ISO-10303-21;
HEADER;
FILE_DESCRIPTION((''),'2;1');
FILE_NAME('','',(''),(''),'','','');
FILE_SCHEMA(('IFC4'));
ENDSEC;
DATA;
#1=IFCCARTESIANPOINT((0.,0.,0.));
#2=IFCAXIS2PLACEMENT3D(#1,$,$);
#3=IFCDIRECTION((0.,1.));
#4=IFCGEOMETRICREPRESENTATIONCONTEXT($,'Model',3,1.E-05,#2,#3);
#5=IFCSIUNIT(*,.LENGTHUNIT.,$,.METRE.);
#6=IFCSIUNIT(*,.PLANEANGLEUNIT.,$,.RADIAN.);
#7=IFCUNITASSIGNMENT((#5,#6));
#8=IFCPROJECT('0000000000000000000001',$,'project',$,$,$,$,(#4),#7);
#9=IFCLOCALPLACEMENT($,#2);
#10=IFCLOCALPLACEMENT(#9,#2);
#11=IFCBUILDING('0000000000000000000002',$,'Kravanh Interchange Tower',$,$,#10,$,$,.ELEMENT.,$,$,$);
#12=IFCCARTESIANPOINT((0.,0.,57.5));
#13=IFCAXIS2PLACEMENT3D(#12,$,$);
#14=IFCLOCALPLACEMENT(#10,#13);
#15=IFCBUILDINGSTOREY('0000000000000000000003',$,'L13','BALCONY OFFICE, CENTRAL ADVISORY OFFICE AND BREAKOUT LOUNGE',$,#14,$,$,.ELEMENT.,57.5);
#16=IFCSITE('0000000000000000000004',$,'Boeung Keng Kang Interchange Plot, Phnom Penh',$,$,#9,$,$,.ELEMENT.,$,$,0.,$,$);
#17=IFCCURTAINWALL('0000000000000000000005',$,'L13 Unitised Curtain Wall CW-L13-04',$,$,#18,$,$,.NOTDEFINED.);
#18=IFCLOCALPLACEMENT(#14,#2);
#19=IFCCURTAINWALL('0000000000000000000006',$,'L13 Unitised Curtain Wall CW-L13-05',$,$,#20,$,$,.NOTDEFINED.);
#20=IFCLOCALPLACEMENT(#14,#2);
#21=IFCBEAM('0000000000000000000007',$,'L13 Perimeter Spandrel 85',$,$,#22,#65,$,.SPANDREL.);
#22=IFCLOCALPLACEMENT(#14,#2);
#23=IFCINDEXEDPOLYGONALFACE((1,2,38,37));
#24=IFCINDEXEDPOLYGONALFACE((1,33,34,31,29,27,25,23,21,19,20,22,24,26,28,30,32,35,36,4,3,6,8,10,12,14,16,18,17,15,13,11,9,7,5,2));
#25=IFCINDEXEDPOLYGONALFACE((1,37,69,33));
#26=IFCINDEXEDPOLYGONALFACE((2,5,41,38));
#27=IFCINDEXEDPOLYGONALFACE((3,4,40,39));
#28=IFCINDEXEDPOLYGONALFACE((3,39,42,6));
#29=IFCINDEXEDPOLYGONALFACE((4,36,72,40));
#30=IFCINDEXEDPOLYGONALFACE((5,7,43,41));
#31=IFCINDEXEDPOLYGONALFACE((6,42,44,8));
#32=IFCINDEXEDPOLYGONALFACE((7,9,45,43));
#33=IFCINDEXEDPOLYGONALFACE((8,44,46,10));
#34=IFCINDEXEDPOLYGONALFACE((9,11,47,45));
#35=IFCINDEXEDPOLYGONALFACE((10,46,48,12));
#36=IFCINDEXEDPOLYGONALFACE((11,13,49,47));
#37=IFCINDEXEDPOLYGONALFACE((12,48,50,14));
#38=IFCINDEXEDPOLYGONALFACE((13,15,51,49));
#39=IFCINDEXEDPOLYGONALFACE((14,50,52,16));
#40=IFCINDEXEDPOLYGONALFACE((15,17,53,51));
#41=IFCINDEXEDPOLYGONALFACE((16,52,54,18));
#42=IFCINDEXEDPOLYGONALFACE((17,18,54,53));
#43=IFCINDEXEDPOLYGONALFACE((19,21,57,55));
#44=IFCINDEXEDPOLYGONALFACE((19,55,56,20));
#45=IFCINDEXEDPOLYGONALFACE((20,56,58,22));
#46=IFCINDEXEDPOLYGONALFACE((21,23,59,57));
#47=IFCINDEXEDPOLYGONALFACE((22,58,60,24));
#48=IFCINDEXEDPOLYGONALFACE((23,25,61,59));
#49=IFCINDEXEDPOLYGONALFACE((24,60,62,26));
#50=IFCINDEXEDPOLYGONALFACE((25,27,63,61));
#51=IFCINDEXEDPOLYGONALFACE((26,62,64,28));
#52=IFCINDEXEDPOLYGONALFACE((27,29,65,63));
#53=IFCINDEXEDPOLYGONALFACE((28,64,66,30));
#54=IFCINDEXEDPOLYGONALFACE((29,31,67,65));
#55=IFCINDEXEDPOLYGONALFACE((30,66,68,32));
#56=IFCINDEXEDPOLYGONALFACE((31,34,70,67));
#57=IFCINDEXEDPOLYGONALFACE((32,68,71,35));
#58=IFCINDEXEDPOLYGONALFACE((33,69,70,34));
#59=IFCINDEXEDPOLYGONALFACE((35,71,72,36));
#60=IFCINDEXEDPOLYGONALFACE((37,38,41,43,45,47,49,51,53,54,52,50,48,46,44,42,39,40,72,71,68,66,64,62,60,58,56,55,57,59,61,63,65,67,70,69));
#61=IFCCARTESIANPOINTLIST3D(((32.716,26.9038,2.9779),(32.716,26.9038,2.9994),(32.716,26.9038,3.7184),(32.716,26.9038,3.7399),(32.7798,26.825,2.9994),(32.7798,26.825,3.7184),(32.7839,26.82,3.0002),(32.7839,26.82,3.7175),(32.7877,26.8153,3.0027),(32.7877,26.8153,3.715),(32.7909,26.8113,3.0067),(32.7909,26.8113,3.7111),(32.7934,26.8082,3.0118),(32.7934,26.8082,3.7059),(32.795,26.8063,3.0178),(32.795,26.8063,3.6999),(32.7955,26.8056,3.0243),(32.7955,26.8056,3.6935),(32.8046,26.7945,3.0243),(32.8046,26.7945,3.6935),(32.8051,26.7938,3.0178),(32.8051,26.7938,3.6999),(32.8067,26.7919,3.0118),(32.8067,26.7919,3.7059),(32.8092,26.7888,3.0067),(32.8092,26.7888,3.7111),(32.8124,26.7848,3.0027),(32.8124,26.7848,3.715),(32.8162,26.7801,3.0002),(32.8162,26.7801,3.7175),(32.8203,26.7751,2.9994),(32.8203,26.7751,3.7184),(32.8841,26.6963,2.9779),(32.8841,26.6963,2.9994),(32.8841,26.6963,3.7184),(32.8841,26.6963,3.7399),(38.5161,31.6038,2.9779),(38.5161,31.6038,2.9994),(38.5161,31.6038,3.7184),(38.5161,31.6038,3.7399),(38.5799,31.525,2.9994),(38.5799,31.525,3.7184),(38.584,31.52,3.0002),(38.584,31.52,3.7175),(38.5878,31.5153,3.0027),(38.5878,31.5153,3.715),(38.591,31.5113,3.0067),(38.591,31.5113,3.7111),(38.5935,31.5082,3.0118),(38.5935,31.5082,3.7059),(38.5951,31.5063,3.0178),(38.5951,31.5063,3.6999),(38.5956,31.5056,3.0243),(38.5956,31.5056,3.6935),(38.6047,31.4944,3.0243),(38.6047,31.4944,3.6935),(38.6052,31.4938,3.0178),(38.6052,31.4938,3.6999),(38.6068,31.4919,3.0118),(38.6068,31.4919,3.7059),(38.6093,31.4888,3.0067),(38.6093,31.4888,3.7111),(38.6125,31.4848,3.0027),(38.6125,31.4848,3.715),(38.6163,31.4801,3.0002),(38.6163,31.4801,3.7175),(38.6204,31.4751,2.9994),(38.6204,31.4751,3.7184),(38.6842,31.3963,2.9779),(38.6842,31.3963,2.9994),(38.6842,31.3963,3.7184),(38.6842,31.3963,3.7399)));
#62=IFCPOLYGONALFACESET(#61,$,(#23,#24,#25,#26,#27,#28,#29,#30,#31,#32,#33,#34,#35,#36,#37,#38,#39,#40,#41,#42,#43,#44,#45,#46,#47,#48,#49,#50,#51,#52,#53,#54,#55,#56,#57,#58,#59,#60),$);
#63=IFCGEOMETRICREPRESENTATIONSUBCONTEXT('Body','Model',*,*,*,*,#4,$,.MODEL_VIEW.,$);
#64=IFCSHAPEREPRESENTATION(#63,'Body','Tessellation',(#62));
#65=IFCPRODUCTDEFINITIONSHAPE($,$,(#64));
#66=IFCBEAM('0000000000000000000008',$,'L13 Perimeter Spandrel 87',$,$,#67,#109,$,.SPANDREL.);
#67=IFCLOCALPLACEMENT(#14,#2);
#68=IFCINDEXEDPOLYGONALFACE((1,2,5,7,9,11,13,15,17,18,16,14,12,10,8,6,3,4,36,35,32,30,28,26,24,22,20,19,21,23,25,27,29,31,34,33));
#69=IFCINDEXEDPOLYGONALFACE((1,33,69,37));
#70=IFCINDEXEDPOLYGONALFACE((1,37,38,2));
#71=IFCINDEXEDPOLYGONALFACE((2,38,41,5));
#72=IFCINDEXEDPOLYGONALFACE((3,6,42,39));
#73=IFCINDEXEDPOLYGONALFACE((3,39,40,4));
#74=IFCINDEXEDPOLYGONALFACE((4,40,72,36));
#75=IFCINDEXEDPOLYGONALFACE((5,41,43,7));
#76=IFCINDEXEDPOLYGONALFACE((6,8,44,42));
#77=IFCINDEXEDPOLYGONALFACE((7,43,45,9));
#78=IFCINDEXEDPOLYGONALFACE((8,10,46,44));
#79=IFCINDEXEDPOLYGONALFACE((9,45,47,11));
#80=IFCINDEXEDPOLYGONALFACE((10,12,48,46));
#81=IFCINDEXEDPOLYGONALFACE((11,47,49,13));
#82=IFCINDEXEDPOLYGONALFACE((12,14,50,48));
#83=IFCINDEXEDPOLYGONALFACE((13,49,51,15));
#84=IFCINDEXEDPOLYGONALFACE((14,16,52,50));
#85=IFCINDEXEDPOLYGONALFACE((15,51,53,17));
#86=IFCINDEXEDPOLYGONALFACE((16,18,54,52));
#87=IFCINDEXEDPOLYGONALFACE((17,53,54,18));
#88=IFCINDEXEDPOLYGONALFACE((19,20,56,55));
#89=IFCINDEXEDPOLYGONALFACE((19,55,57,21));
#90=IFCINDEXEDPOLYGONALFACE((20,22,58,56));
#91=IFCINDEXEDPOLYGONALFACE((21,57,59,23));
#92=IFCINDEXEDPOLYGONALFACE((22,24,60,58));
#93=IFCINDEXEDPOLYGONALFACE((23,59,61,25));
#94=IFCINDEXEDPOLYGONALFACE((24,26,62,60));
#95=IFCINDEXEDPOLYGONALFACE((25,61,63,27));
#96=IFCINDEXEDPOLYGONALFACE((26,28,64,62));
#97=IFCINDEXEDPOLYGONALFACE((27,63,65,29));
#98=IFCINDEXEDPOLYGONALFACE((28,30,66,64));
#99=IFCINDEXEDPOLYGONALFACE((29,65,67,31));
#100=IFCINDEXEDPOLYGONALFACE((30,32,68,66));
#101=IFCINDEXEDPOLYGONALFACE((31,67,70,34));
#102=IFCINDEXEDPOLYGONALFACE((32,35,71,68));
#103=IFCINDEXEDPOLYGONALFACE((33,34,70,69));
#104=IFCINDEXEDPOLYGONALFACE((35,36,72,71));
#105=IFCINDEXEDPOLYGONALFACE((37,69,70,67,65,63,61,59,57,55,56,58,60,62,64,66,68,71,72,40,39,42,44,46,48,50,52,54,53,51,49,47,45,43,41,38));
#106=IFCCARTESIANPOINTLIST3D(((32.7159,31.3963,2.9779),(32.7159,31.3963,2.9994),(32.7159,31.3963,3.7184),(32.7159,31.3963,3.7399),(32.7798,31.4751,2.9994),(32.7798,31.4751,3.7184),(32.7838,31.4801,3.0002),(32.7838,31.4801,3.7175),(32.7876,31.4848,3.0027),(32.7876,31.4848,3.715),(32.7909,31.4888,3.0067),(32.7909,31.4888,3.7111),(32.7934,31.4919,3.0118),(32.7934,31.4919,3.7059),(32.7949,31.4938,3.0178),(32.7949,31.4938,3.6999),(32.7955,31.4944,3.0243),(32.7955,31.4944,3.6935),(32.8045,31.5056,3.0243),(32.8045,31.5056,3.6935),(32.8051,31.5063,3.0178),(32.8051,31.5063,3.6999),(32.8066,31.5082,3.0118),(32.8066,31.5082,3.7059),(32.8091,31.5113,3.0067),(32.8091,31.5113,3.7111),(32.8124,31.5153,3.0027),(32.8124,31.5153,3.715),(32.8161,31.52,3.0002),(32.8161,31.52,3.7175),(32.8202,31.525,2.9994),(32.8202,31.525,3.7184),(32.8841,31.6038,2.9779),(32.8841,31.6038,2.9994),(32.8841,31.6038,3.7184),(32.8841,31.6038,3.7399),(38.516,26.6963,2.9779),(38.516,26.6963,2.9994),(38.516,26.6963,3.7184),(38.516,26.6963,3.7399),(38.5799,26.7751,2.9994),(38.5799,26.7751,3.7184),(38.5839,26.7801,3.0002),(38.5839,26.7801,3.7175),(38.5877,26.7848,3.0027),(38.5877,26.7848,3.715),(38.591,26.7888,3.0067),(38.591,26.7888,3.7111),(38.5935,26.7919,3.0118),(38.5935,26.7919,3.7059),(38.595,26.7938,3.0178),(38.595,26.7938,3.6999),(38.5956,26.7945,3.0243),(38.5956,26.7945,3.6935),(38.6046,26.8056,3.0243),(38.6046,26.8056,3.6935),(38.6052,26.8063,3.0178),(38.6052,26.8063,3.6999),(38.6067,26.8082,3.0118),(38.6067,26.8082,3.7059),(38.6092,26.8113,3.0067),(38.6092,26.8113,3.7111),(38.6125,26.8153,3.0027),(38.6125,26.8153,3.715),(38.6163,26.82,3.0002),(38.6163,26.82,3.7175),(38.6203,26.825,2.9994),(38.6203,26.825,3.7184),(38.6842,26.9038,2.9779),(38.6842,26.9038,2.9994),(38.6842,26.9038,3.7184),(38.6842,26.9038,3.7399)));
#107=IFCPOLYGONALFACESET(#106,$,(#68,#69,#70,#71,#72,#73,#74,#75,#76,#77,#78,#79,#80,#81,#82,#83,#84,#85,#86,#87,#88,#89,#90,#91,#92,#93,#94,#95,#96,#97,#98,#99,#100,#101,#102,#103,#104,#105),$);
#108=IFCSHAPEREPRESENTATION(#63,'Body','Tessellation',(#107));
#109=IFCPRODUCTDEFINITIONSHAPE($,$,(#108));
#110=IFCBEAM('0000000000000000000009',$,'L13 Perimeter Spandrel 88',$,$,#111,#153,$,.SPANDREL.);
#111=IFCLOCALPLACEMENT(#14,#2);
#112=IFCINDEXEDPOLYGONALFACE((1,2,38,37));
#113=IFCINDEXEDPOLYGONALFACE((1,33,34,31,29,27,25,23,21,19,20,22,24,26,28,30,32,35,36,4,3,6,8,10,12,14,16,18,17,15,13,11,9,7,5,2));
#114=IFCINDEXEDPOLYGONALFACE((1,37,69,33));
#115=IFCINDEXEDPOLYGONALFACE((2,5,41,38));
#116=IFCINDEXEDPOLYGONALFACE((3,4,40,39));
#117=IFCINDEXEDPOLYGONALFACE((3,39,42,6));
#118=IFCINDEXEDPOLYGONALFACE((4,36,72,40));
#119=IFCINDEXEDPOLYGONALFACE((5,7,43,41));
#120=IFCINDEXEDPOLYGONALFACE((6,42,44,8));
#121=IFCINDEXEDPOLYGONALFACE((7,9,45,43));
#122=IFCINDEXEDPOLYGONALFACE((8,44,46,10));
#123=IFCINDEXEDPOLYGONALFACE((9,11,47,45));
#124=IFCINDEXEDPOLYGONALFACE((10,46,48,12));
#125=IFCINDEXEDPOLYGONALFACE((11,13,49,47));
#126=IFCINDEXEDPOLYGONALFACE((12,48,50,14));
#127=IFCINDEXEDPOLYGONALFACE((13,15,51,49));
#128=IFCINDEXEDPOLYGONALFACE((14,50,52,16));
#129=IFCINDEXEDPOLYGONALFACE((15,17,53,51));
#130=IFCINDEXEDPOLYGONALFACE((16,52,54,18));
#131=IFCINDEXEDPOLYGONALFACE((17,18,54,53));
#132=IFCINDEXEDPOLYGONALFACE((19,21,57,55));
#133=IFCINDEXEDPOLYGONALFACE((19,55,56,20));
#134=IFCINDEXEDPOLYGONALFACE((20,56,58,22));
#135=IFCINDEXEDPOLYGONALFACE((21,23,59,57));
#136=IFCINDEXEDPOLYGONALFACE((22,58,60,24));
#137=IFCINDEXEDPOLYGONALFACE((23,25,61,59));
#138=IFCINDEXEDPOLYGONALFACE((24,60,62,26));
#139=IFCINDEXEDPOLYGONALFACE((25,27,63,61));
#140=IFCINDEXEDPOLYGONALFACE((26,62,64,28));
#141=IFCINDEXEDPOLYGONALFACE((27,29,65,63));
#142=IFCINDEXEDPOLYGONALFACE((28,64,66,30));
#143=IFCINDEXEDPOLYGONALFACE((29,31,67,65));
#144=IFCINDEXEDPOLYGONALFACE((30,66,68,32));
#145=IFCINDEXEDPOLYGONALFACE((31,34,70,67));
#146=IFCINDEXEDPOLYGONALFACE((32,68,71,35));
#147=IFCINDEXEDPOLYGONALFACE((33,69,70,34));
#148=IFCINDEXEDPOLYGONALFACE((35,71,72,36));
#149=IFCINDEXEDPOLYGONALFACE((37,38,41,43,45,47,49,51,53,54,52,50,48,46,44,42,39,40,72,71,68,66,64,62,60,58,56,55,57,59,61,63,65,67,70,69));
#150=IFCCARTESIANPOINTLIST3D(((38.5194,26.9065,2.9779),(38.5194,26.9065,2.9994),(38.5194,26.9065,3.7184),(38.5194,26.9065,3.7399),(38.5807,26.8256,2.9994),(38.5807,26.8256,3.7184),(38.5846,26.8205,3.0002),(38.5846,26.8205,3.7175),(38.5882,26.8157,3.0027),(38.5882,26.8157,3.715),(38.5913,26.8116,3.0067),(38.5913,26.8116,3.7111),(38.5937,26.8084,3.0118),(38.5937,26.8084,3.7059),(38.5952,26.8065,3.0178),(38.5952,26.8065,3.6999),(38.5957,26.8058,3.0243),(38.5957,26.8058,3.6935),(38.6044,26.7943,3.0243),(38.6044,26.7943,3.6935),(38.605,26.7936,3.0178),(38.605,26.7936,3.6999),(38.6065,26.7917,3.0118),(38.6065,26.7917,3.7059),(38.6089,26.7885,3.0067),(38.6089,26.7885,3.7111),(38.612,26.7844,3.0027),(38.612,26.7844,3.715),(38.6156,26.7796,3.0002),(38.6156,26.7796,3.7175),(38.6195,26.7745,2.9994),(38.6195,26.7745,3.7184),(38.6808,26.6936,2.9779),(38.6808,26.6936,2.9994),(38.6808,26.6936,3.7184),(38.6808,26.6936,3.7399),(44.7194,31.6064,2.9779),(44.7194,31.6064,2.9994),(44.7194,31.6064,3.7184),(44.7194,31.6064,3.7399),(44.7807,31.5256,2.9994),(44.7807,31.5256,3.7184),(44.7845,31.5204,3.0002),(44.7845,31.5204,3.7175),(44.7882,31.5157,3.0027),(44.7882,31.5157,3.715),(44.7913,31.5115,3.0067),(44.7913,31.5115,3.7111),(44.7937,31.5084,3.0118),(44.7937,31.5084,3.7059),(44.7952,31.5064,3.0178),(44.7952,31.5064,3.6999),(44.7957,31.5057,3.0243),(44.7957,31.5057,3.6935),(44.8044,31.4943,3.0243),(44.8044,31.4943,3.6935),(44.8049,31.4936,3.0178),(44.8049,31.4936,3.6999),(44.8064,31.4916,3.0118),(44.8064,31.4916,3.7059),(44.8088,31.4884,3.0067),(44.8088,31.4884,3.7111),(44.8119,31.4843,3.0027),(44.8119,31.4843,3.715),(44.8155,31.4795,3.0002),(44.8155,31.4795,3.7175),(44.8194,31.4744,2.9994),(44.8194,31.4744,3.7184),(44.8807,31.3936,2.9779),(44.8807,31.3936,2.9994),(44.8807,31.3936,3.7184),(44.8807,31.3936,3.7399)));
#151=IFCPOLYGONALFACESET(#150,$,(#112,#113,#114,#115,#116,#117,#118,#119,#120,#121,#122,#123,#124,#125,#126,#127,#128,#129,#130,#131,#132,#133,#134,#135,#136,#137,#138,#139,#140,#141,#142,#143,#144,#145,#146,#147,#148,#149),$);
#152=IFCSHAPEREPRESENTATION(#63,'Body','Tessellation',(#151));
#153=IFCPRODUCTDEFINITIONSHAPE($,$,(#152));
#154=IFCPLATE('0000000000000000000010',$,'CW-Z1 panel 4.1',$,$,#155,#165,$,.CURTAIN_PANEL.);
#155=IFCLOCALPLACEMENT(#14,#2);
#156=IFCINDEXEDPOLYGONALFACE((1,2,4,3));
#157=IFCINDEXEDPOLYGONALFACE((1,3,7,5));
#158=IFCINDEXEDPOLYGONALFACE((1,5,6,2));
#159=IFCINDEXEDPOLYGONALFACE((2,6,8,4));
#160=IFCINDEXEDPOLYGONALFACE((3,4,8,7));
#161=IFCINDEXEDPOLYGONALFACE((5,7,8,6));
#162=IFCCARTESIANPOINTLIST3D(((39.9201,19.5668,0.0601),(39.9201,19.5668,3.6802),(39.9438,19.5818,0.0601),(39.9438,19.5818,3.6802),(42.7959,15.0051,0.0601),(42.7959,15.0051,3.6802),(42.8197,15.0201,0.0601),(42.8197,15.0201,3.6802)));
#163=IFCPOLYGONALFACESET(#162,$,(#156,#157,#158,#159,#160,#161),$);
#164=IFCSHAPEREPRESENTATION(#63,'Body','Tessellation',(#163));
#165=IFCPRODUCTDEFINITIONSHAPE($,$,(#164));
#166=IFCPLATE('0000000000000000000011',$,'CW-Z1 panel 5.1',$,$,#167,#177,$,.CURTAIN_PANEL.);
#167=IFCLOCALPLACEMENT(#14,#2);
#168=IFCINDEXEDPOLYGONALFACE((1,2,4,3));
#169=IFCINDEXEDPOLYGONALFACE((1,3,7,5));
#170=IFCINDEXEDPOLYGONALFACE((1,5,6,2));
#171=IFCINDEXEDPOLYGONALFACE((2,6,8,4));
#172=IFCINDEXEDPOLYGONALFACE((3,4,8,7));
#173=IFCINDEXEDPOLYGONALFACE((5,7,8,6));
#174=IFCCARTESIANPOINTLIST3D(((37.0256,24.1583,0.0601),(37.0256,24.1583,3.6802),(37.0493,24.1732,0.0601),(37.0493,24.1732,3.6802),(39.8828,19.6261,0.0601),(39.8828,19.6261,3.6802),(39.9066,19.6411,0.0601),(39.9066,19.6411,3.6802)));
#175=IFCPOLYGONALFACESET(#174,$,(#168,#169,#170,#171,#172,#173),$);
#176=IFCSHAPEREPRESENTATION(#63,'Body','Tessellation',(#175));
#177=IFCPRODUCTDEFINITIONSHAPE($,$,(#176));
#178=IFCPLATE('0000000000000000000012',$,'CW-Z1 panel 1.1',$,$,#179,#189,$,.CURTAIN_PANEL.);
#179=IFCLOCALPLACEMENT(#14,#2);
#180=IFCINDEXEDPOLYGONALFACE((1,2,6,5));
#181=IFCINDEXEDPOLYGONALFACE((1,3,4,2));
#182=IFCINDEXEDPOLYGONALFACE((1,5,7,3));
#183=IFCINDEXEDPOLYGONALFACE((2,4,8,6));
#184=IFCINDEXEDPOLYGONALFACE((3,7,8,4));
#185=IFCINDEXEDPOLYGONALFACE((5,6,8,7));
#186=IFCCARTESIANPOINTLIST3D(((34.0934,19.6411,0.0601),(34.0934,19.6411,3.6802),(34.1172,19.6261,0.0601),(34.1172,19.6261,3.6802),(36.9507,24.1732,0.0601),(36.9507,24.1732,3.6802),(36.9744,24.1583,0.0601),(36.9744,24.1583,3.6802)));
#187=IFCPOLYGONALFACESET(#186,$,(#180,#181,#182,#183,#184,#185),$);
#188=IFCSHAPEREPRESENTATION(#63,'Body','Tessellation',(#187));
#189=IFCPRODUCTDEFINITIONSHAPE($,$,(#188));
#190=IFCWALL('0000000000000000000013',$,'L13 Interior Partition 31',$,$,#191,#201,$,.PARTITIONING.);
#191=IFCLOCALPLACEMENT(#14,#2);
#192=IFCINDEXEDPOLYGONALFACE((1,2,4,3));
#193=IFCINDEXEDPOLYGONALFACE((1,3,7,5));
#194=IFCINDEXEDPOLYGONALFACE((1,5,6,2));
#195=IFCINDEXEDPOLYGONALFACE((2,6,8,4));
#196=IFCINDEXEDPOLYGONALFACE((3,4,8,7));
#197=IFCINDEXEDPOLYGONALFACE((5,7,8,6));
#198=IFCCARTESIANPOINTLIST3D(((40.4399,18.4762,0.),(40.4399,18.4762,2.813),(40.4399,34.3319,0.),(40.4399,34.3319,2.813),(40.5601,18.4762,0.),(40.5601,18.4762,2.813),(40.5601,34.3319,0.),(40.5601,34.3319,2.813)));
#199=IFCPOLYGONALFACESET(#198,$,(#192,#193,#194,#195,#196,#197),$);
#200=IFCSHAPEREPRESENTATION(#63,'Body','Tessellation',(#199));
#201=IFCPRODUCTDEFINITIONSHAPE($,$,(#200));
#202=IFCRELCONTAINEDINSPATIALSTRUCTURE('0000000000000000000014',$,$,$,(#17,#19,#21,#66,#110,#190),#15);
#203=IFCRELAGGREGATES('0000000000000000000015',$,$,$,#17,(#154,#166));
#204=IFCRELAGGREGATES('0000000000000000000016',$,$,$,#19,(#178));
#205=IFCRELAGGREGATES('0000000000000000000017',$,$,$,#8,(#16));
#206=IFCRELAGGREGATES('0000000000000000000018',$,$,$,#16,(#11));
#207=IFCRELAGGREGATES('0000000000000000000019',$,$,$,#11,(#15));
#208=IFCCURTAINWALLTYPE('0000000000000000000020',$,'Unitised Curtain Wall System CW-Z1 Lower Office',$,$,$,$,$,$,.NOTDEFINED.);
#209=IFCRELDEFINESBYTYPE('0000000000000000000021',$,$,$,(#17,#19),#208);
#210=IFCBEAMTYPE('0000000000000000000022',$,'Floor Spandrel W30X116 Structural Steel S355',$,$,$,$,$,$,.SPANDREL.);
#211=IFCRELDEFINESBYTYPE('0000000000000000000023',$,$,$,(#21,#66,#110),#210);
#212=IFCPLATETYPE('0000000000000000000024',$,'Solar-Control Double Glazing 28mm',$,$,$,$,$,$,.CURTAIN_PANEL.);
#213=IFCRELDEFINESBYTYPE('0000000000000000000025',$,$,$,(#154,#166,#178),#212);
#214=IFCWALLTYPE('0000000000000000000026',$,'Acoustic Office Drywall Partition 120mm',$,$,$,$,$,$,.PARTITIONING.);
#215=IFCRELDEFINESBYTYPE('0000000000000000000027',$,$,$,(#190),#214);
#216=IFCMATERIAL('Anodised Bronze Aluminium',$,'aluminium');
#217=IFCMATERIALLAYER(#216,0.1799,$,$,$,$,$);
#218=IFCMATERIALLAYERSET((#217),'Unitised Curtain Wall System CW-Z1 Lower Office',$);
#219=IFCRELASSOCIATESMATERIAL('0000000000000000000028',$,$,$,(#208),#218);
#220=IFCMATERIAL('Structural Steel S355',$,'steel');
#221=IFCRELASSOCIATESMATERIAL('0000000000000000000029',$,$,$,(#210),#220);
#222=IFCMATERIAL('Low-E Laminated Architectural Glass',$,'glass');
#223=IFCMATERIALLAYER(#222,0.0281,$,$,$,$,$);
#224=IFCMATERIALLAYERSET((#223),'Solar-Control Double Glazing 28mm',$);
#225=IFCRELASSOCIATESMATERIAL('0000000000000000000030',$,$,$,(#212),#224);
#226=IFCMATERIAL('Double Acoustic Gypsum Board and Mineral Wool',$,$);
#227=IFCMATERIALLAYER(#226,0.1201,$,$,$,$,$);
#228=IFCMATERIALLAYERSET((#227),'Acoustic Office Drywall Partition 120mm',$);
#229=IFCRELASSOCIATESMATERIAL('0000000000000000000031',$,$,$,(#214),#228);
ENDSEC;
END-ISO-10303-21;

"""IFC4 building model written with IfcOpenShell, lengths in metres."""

from ifc_helpers import new_model, si_unit, direction, frame, frame_2d, origin, origin_2d, place, context, subcontext, project, spatial, rectangle, i_section, extrude, material, layer, layer_set, material_profile, profile_set, type_object, element, aggregate, save


model = new_model("IFC4")

# Units and contexts
model_context = context("Model", 3, precision=1e-05, world=origin(), true_north=direction((0.0, 1.0)))
body_context = subcontext(model_context, "Body", "Model", "MODEL_VIEW")
ifc_project = project(units=[si_unit("LENGTHUNIT", "METRE"), si_unit("PLANEANGLEUNIT", "RADIAN")], contexts=[model_context])

# Site, building, storey
site_placement = place(None, origin())
site = spatial("IfcSite", under=ifc_project, at=site_placement, Name="Boeung Keng Kang Interchange Plot, Phnom Penh", CompositionType="ELEMENT", RefElevation=0.0)
building_placement = place(site_placement, origin())
building = spatial("IfcBuilding", under=site, at=building_placement, Name="Kravanh Interchange Tower", CompositionType="ELEMENT")
storey_placement = place(building_placement, frame((0.0, 0.0, 57.5)))
storey = spatial("IfcBuildingStorey", under=building, at=storey_placement, Name="L13", Description="BALCONY OFFICE, CENTRAL ADVISORY OFFICE AND BREAKOUT LOUNGE", CompositionType="ELEMENT", Elevation=57.5)

# Curtain walls
ifc_material_1 = material(Name="Anodised Bronze Aluminium", Category="aluminium")
ifc_layer_1 = layer(ifc_material_1, 0.1799)
ifc_layer_set_1 = layer_set([ifc_layer_1], Name="Unitised Curtain Wall System CW-Z1 Lower Office")
curtain_wall_type = type_object("IfcCurtainWallType", Name="Unitised Curtain Wall System CW-Z1 Lower Office", PredefinedType="NOTDEFINED", material=ifc_layer_set_1)
curtain_wall_1_placement = place(storey_placement, origin())
curtain_wall_1 = element("IfcCurtainWall", 1, at=curtain_wall_1_placement, inside=storey, type_object=curtain_wall_type, Name="L13 Unitised Curtain Wall CW-L13-04", PredefinedType="NOTDEFINED")
curtain_wall_2_placement = place(storey_placement, origin())
curtain_wall_2 = element("IfcCurtainWall", 2, at=curtain_wall_2_placement, inside=storey, type_object=curtain_wall_type, Name="L13 Unitised Curtain Wall CW-L13-05", PredefinedType="NOTDEFINED")

# Beams
ifc_material_2 = material(Name="Structural Steel S355", Category="steel")
ifc_material_profile_1 = material_profile(ifc_material_2, i_section(OverallWidth=0.2671, OverallDepth=0.762, WebThickness=0.0144, FlangeThickness=0.0215, FilletRadius=0.0249, at=origin_2d()), Name="W30X116")
ifc_profile_set_1 = profile_set([ifc_material_profile_1], Name="Structural Steel S355")
beam_type_1 = type_object("IfcBeamType", Name="Floor Spandrel W30X116 Structural Steel S355", PredefinedType="SPANDREL", material=ifc_profile_set_1)
for number, where, z_axis, x_axis, name in (
    (3, (32.8, 26.8, 3.3589), (0.776939, 0.629576, 0.0), (-0.629576, 0.776939, 0.0), "L13 Perimeter Spandrel 85"),
    (4, (38.6001, 26.8, 3.3589), (-0.776939, 0.629576, 0.0), (-0.629576, -0.776939, 0.0), "L13 Perimeter Spandrel 87"),
):
    element("IfcBeam", number, at=place(storey_placement, frame(where, z_axis=z_axis, x_axis=x_axis)), inside=storey, type_object=beam_type_1, Name=name, PredefinedType="SPANDREL", context=body_context, shape_type="SweptSolid", body=[
        extrude(i_section(OverallWidth=0.2671, OverallDepth=0.762, WebThickness=0.0144, FlangeThickness=0.0215, FilletRadius=0.0249, at=origin_2d()), origin(), (0.0, 0.0, 1.0), 7.4653),
    ])
beam_1_placement = place(storey_placement, frame((38.6001, 26.8, 3.3589), z_axis=(0.796905, 0.604104, 0.0), x_axis=(-0.604104, 0.796905, 0.0)))
element("IfcBeam", 5, at=beam_1_placement, inside=storey, type_object=beam_type_1, Name="L13 Perimeter Spandrel 88", PredefinedType="SPANDREL", context=body_context, shape_type="SweptSolid", body=[
    extrude(i_section(OverallWidth=0.2671, OverallDepth=0.762, WebThickness=0.0144, FlangeThickness=0.0215, FilletRadius=0.0249, at=origin_2d()), origin(), (0.0, 0.0, 1.0), 7.78),
])

# Plates
ifc_material_3 = material(Name="Low-E Laminated Architectural Glass", Category="glass")
ifc_layer_2 = layer(ifc_material_3, 0.0281)
ifc_layer_set_2 = layer_set([ifc_layer_2], Name="Solar-Control Double Glazing 28mm")
plate_type = type_object("IfcPlateType", Name="Solar-Control Double Glazing 28mm", PredefinedType="CURTAIN_PANEL", material=ifc_layer_set_2)
plate_1_placement = place(storey_placement, frame((41.3699, 17.2935, 0.0601), z_axis=(0.0, 0.0, 1.0), x_axis=(-0.533301, 0.845926, 0.0)))
plate_1 = element("IfcPlate", 6, at=plate_1_placement, type_object=plate_type, Name="CW-Z1 panel 4.1", PredefinedType="CURTAIN_PANEL", context=body_context, shape_type="SweptSolid", body=[
    extrude(rectangle(XDim=5.3926, YDim=0.0281, at=origin_2d()), origin(), (0.0, 0.0, 1.0), 3.6201),
])
plate_2_placement = place(storey_placement, frame((38.4661, 21.8997, 0.0601), z_axis=(0.0, 0.0, 1.0), x_axis=(-0.533301, 0.845926, 0.0)))
plate_2 = element("IfcPlate", 7, at=plate_2_placement, type_object=plate_type, Name="CW-Z1 panel 5.1", PredefinedType="CURTAIN_PANEL", context=body_context, shape_type="SweptSolid", body=[
    extrude(rectangle(XDim=5.3577, YDim=0.0281, at=origin_2d()), origin(), (0.0, 0.0, 1.0), 3.6201),
])
aggregate(curtain_wall_1, [plate_1, plate_2])
plate_3_placement = place(storey_placement, frame((35.5339, 21.8997, 0.0601), z_axis=(0.0, 0.0, 1.0), x_axis=(-0.533301, -0.845926, 0.0)))
plate_3 = element("IfcPlate", 8, at=plate_3_placement, type_object=plate_type, Name="CW-Z1 panel 1.1", PredefinedType="CURTAIN_PANEL", context=body_context, shape_type="SweptSolid", body=[
    extrude(rectangle(XDim=5.3577, YDim=0.0281, at=origin_2d()), origin(), (0.0, 0.0, 1.0), 3.6201),
])
aggregate(curtain_wall_2, [plate_3])

# Wall
ifc_material_4 = material(Name="Double Acoustic Gypsum Board and Mineral Wool")
ifc_layer_3 = layer(ifc_material_4, 0.1201)
ifc_layer_set_3 = layer_set([ifc_layer_3], Name="Acoustic Office Drywall Partition 120mm")
wall_type = type_object("IfcWallType", Name="Acoustic Office Drywall Partition 120mm", PredefinedType="PARTITIONING", material=ifc_layer_set_3)
wall_placement = place(storey_placement, frame((40.5, 18.4763, 0.0), z_axis=(0.0, 0.0, 1.0), x_axis=(0.0, 1.0, 0.0)))
element("IfcWall", 9, at=wall_placement, inside=storey, type_object=wall_type, Name="L13 Interior Partition 31", PredefinedType="PARTITIONING", context=body_context, shape_type="SweptSolid", body=[
    extrude(rectangle(XDim=15.8557, YDim=0.1201, at=frame_2d((7.9277, 0.0))), origin(), (0.0, 0.0, 1.0), 2.813),
])

save(model, "model.ifc")
